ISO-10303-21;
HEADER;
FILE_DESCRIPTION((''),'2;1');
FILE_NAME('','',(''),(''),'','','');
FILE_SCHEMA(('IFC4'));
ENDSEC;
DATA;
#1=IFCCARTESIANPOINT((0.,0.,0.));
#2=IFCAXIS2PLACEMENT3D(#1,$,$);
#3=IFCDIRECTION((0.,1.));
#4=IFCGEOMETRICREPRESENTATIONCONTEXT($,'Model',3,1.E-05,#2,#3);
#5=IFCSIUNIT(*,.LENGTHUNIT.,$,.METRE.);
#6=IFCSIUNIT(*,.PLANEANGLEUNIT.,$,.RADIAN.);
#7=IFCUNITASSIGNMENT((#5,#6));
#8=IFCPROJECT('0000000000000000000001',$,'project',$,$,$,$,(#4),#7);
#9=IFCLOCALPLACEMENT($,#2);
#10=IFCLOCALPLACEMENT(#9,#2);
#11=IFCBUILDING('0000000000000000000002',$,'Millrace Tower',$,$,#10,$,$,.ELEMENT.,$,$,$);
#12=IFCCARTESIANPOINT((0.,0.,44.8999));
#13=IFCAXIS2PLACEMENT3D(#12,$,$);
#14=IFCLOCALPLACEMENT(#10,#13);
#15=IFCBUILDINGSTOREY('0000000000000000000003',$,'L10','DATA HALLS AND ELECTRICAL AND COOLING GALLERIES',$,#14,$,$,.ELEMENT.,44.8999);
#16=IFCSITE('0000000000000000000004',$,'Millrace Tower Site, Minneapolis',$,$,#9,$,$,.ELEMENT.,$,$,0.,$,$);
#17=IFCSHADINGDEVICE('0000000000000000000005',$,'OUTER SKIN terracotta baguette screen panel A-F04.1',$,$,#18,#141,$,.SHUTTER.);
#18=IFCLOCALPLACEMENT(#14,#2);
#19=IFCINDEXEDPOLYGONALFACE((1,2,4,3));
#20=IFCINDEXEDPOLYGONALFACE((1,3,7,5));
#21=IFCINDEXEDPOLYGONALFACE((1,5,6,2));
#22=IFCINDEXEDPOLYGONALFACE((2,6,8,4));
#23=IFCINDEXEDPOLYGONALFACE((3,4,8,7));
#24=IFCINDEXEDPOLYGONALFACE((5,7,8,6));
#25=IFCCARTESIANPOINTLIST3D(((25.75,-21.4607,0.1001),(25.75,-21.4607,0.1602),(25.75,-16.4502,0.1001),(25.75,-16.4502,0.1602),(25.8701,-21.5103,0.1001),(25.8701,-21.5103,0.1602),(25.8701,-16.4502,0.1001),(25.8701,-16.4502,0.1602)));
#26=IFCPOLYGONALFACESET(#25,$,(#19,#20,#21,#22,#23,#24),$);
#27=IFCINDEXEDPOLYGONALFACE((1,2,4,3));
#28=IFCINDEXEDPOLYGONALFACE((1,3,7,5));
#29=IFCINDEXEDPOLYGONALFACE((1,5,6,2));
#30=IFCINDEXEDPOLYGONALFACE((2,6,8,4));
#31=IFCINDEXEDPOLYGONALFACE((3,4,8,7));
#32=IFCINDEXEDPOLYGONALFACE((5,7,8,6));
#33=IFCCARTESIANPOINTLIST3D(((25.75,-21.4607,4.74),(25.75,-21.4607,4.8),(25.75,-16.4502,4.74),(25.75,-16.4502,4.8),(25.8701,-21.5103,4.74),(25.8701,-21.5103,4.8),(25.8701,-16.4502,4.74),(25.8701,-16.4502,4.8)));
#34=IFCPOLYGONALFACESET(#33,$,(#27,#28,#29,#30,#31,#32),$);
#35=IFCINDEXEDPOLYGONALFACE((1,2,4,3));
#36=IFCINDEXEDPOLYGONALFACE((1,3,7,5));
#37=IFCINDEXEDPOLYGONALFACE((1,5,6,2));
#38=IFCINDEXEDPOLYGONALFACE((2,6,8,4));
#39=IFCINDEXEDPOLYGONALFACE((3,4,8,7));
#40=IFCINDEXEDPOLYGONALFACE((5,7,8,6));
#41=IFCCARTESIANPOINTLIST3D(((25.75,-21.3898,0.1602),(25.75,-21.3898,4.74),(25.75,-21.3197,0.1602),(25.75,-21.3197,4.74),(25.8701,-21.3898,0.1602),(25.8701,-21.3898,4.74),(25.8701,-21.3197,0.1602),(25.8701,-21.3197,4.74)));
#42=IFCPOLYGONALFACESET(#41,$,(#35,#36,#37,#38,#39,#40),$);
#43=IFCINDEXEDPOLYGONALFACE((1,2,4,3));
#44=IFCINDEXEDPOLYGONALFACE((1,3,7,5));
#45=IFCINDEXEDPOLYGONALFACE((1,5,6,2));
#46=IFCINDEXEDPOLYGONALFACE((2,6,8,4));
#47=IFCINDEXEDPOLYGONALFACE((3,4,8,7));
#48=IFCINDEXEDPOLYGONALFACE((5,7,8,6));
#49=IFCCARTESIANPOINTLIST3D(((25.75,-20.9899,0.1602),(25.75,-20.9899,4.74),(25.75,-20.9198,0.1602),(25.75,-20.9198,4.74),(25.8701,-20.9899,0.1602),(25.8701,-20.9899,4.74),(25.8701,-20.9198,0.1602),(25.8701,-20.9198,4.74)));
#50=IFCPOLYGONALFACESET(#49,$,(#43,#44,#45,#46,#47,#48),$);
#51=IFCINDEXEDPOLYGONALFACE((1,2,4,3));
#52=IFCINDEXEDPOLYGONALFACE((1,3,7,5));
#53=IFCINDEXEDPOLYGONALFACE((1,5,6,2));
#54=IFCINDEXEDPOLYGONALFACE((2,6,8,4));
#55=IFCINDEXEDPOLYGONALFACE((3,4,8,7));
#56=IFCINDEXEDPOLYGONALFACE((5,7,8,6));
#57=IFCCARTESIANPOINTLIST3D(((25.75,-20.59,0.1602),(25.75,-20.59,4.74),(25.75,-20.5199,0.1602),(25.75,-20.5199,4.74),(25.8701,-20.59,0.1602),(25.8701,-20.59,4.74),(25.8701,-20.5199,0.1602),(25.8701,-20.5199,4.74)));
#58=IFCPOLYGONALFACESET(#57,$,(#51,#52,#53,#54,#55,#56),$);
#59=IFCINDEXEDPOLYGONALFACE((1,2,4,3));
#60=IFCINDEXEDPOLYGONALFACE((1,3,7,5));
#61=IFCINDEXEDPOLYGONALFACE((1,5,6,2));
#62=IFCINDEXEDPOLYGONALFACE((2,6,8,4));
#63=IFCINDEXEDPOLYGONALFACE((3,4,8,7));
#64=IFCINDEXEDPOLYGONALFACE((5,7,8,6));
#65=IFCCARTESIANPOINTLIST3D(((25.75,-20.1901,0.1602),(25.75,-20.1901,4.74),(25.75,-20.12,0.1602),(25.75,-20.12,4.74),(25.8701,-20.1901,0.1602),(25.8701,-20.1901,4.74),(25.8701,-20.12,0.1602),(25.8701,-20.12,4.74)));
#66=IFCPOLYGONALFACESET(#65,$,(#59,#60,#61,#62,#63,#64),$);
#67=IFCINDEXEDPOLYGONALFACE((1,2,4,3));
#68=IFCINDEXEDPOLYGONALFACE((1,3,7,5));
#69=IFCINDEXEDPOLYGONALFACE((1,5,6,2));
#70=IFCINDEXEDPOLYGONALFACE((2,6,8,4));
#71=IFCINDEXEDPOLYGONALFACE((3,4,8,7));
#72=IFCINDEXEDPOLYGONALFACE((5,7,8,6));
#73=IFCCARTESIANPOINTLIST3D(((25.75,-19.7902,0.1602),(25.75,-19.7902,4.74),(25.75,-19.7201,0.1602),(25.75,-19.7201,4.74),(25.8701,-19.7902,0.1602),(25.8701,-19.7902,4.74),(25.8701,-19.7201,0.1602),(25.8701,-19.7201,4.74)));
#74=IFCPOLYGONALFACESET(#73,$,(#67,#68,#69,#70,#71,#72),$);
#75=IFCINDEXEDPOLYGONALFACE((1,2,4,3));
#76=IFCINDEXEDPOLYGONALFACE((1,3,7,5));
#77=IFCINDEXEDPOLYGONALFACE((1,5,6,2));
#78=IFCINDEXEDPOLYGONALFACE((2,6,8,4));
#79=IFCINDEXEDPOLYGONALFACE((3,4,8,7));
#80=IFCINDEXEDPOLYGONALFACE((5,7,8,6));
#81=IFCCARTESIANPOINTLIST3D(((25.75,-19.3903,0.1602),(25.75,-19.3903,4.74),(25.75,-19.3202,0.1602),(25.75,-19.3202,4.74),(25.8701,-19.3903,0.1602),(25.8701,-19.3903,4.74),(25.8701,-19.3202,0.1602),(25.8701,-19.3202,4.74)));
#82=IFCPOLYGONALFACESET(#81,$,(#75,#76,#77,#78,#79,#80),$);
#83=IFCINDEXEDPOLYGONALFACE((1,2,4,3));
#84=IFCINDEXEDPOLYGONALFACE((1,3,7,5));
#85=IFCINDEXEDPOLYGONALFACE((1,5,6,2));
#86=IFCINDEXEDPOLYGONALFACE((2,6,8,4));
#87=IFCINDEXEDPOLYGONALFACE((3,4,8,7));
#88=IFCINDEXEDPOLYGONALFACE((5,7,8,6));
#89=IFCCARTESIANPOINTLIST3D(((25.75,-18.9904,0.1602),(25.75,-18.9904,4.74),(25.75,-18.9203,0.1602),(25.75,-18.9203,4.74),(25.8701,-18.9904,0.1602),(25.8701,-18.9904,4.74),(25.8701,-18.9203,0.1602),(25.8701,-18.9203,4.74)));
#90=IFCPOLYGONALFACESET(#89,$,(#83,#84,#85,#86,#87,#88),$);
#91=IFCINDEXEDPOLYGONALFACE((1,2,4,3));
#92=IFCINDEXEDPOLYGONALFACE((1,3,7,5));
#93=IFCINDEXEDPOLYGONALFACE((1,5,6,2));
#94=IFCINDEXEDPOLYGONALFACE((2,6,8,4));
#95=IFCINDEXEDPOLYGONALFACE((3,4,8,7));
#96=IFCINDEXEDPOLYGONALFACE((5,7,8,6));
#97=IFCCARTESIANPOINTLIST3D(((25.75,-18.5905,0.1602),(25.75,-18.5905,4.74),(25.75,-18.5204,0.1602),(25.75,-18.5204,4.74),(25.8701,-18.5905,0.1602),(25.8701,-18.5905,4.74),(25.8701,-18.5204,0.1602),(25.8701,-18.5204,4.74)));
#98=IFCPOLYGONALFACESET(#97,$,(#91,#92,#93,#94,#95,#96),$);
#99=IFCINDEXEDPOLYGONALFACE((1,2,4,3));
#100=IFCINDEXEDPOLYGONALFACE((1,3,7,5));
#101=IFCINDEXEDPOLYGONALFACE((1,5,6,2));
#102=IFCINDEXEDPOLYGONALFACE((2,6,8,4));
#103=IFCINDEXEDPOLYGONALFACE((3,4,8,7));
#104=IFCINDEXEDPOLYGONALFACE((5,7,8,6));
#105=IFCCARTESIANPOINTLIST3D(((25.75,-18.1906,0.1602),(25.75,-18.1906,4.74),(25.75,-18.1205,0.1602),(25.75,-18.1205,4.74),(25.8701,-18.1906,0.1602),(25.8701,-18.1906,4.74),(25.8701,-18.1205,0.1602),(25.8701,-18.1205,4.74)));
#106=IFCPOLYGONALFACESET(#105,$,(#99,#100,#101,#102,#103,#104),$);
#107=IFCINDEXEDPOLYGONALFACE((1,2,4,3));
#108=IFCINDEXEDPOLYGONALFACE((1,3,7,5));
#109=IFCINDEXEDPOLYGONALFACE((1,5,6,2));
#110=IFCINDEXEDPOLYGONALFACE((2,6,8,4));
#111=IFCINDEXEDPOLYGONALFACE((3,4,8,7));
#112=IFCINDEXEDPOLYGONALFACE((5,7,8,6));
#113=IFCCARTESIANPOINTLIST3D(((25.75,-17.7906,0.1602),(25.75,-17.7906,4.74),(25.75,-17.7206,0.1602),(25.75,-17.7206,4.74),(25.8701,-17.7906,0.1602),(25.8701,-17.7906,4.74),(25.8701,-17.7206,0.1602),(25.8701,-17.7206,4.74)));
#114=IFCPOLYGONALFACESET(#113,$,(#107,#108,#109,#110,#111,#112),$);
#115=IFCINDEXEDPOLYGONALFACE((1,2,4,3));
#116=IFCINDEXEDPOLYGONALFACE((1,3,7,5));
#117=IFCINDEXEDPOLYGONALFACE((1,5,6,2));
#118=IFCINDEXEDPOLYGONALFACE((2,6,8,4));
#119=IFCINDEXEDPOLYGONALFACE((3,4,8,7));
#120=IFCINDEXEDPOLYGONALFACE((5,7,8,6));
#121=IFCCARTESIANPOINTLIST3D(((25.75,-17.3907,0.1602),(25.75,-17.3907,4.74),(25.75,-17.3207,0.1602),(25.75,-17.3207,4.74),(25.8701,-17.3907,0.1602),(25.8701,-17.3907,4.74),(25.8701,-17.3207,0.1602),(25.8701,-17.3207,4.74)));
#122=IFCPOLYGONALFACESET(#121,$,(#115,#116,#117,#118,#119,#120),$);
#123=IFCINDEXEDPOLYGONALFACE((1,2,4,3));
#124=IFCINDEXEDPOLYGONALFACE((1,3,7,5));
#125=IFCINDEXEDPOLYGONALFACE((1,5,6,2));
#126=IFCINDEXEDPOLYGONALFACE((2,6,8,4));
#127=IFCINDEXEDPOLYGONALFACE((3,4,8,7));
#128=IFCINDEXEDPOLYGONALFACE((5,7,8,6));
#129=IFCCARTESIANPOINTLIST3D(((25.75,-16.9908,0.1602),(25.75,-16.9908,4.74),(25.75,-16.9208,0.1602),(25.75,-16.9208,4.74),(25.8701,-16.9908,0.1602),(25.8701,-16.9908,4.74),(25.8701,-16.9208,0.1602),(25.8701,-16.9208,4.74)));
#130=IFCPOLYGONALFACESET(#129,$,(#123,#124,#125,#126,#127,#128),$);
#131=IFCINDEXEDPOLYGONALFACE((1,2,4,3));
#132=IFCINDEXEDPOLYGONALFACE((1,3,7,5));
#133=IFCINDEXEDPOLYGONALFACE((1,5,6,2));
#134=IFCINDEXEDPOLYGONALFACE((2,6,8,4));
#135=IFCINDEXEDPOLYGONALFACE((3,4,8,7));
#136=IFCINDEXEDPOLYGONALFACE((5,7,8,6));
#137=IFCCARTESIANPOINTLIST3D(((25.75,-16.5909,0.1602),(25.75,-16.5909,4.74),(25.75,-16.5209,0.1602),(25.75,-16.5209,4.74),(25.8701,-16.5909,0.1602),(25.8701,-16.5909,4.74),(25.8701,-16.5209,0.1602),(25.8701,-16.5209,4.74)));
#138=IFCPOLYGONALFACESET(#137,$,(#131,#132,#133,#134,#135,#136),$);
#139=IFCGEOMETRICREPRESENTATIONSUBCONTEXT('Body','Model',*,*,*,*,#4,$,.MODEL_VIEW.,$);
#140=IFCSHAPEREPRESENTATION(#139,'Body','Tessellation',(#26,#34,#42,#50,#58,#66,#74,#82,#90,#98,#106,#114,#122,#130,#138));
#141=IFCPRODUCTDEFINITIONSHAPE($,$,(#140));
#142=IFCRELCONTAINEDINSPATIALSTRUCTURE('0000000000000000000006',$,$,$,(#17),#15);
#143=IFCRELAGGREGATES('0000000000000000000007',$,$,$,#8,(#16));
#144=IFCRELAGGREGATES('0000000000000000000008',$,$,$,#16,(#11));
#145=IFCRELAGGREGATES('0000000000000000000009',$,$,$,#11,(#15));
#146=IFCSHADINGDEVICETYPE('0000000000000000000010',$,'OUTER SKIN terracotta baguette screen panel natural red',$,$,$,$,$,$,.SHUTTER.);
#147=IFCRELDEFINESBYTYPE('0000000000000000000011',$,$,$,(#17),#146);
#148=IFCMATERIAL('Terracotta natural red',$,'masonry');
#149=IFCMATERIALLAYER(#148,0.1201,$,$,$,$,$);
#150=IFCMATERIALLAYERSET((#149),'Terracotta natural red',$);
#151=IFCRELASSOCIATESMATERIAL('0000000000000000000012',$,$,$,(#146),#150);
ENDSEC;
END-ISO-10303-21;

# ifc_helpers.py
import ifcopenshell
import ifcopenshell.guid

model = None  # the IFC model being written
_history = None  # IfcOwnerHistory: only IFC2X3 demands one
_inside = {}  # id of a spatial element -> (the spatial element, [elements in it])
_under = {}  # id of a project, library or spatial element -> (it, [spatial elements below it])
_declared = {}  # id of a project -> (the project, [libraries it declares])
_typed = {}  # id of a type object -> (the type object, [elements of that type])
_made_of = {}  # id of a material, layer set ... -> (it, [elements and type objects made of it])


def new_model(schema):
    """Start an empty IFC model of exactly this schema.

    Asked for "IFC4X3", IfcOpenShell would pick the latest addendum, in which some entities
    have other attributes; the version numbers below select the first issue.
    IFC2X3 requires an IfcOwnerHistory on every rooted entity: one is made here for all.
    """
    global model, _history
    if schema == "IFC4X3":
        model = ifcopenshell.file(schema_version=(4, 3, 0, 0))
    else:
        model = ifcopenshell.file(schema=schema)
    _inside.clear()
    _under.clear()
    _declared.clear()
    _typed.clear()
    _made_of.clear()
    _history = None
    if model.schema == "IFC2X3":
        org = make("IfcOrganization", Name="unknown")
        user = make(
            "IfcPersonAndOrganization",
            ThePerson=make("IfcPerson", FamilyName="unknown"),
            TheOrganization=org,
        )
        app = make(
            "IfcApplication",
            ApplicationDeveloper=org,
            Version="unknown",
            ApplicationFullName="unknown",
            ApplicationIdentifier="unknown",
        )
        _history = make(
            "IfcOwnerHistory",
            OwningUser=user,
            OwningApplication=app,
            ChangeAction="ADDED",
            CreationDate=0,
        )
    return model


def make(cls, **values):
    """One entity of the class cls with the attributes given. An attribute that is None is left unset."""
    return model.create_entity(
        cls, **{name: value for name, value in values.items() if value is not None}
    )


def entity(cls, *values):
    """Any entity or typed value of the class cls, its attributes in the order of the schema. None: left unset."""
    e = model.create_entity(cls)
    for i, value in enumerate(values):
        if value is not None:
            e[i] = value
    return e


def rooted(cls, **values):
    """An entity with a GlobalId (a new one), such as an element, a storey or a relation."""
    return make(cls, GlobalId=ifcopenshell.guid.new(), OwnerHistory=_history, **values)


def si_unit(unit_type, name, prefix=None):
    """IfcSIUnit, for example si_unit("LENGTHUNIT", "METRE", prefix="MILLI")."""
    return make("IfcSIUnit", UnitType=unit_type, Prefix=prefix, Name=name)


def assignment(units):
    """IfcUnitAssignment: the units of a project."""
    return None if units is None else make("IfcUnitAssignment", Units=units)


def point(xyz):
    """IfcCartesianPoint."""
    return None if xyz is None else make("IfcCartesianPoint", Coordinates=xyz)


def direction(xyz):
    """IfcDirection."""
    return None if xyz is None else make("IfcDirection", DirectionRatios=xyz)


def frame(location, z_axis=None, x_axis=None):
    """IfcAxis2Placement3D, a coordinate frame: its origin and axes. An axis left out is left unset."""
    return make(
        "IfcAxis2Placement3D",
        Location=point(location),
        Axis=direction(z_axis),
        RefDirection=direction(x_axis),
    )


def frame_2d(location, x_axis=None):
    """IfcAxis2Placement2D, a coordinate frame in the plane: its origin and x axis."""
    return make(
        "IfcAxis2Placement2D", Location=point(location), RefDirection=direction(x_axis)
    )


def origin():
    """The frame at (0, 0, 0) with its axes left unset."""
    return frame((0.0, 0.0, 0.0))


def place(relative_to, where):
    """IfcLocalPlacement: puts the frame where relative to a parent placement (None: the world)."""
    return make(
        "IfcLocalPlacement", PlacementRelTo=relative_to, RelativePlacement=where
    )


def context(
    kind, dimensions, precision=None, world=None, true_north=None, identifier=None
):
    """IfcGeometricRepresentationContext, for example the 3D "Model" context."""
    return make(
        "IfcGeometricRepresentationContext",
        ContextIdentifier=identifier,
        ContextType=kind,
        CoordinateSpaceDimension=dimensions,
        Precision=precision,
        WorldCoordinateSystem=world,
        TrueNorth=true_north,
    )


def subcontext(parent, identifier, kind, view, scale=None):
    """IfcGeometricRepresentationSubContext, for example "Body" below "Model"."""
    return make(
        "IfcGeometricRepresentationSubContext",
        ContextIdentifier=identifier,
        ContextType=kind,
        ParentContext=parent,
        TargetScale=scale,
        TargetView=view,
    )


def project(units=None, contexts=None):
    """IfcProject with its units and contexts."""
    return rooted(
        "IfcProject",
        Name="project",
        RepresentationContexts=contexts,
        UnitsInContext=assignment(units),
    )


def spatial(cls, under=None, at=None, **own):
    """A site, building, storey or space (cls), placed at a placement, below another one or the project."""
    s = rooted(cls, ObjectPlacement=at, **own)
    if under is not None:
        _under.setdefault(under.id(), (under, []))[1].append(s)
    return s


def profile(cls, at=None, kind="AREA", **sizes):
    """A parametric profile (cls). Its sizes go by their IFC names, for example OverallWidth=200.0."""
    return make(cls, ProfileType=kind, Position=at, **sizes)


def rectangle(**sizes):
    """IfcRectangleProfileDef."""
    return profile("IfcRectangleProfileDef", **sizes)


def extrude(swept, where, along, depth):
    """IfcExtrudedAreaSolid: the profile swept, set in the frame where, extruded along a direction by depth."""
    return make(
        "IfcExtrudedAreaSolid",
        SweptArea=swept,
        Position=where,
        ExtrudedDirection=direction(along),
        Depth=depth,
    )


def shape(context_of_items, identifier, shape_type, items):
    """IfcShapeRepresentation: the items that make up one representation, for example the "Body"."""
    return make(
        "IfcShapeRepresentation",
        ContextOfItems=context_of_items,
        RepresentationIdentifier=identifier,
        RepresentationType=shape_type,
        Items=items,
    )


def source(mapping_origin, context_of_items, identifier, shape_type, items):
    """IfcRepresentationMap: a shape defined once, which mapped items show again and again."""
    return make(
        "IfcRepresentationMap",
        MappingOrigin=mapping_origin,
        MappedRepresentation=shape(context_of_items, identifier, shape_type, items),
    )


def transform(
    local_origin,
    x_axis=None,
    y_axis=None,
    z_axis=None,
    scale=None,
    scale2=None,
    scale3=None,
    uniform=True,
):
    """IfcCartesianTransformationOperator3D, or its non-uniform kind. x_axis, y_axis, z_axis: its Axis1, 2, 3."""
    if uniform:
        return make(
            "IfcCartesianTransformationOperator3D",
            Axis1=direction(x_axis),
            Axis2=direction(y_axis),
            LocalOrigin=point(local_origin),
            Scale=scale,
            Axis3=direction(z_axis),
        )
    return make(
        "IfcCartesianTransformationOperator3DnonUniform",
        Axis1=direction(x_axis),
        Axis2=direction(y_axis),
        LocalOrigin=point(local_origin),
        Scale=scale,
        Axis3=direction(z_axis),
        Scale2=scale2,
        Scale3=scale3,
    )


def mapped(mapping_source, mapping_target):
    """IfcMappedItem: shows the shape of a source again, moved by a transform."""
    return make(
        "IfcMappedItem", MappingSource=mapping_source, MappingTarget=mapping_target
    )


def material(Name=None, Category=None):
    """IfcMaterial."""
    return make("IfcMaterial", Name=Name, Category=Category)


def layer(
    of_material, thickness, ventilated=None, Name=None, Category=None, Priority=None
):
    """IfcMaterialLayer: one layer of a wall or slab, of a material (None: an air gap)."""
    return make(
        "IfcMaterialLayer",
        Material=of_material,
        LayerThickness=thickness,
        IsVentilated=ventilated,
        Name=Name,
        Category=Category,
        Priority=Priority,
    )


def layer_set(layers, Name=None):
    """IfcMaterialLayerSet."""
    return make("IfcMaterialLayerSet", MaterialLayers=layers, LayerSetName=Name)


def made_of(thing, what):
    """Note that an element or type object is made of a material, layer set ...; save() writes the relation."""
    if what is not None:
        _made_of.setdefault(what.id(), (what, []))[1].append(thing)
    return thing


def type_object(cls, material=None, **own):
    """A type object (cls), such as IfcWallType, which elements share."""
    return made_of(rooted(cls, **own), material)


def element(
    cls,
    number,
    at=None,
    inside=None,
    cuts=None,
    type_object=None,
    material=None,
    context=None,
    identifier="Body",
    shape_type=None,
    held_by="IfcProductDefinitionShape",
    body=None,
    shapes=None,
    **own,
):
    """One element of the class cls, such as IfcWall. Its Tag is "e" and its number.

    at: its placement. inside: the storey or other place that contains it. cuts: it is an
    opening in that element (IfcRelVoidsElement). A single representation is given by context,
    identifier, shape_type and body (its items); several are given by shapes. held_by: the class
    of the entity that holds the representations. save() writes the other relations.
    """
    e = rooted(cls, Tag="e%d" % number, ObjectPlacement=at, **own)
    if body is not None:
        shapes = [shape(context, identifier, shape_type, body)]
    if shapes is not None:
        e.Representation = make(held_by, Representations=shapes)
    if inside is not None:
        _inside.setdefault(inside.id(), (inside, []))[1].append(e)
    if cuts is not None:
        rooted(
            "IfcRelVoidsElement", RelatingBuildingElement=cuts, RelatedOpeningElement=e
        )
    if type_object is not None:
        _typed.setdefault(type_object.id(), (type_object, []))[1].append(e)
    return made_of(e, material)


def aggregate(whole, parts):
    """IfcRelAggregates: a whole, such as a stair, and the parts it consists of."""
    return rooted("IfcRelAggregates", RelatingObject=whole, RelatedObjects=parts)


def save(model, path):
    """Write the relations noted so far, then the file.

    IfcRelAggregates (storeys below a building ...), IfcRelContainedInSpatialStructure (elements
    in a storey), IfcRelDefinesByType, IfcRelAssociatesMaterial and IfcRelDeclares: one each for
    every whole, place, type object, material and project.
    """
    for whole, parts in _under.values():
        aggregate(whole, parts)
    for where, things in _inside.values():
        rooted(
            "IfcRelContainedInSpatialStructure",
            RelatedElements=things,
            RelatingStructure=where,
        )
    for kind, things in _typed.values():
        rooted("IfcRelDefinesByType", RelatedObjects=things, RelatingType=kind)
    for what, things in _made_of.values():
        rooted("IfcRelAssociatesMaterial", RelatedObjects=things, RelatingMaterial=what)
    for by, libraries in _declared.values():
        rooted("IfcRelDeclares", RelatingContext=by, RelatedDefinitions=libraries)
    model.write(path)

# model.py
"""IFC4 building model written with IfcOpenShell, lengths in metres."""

from ifc_helpers import new_model, entity, si_unit, direction, frame, frame_2d, origin, place, context, subcontext, project, spatial, rectangle, extrude, source, transform, mapped, material, layer, layer_set, type_object, element, save


model = new_model("IFC4")

# Units and contexts
model_context = context("Model", 3, precision=1e-05, world=origin(), true_north=direction((0.0, 1.0)))
body_context = subcontext(model_context, "Body", "Model", "MODEL_VIEW")
ifc_project = project(units=[si_unit("LENGTHUNIT", "METRE"), si_unit("PLANEANGLEUNIT", "RADIAN")], contexts=[model_context])

# Site, building, storey
site_placement = place(None, origin())
site = spatial("IfcSite", under=ifc_project, at=site_placement, Name="Millrace Tower Site, Minneapolis", CompositionType="ELEMENT", RefElevation=0.0)
building_placement = place(site_placement, origin())
building = spatial("IfcBuilding", under=site, at=building_placement, Name="Millrace Tower", CompositionType="ELEMENT")
storey_placement = place(building_placement, frame((0.0, 0.0, 44.8999)))
storey = spatial("IfcBuildingStorey", under=building, at=storey_placement, Name="L10", Description="DATA HALLS AND ELECTRICAL AND COOLING GALLERIES", CompositionType="ELEMENT", Elevation=44.8999)

# Shading device
ifc_material_1 = material(Name="Terracotta natural red", Category="masonry")
ifc_layer_1 = layer(ifc_material_1, 0.1201)
ifc_layer_set_1 = layer_set([ifc_layer_1], Name="Terracotta natural red")
shading_device_type_1 = type_object("IfcShadingDeviceType", Name="OUTER SKIN terracotta baguette screen panel natural red", PredefinedType="SHUTTER", material=ifc_layer_set_1)
cartesian_point_1 = entity("IfcCartesianPoint", [-2.4929, 0.0601])
shared_polyline_1 = entity("IfcPolyline", [cartesian_point_1, entity("IfcCartesianPoint", [2.5176, 0.0601]), entity("IfcCartesianPoint", [2.5176, -0.0601]), entity("IfcCartesianPoint", [-2.5425, -0.0601]), cartesian_point_1])
shared_shape_1 = source(origin(), body_context, "Body", "SweptSolid", [
    entity("IfcExtrudedAreaSolid", entity("IfcArbitraryClosedProfileDef", "AREA", None, shared_polyline_1), entity("IfcAxis2Placement3D", entity("IfcCartesianPoint", [0.0, 0.0, 0.0])), entity("IfcDirection", [0.0, 0.0, 1.0]), 0.0601),
    entity("IfcExtrudedAreaSolid", entity("IfcArbitraryClosedProfileDef", "AREA", None, shared_polyline_1), entity("IfcAxis2Placement3D", entity("IfcCartesianPoint", [0.0, 0.0, 4.6399])), entity("IfcDirection", [0.0, 0.0, 1.0]), 0.0601),
    extrude(rectangle(XDim=0.0701, YDim=0.1201, at=frame_2d((-2.387, 0.0))), frame((0.0, 0.0, 0.0601)), (0.0, 0.0, 1.0), 4.5798),
    extrude(rectangle(XDim=0.0701, YDim=0.1201, at=frame_2d((-1.9871, 0.0))), frame((0.0, 0.0, 0.0601)), (0.0, 0.0, 1.0), 4.5798),
    extrude(rectangle(XDim=0.0701, YDim=0.1201, at=frame_2d((-1.5872, 0.0))), frame((0.0, 0.0, 0.0601)), (0.0, 0.0, 1.0), 4.5798),
    extrude(rectangle(XDim=0.0701, YDim=0.1201, at=frame_2d((-1.1873, 0.0))), frame((0.0, 0.0, 0.0601)), (0.0, 0.0, 1.0), 4.5798),
    extrude(rectangle(XDim=0.0701, YDim=0.1201, at=frame_2d((-0.7874, 0.0))), frame((0.0, 0.0, 0.0601)), (0.0, 0.0, 1.0), 4.5798),
    extrude(rectangle(XDim=0.0701, YDim=0.1201, at=frame_2d((-0.3875, 0.0))), frame((0.0, 0.0, 0.0601)), (0.0, 0.0, 1.0), 4.5798),
    extrude(rectangle(XDim=0.0701, YDim=0.1201, at=frame_2d((0.0125, 0.0))), frame((0.0, 0.0, 0.0601)), (0.0, 0.0, 1.0), 4.5798),
    extrude(rectangle(XDim=0.0701, YDim=0.1201, at=frame_2d((0.4124, 0.0))), frame((0.0, 0.0, 0.0601)), (0.0, 0.0, 1.0), 4.5798),
    extrude(rectangle(XDim=0.0701, YDim=0.1201, at=frame_2d((0.8123, 0.0))), frame((0.0, 0.0, 0.0601)), (0.0, 0.0, 1.0), 4.5798),
    extrude(rectangle(XDim=0.0701, YDim=0.1201, at=frame_2d((1.2122, 0.0))), frame((0.0, 0.0, 0.0601)), (0.0, 0.0, 1.0), 4.5798),
    extrude(rectangle(XDim=0.0701, YDim=0.1201, at=frame_2d((1.6121, 0.0))), frame((0.0, 0.0, 0.0601)), (0.0, 0.0, 1.0), 4.5798),
    extrude(rectangle(XDim=0.0701, YDim=0.1201, at=frame_2d((2.012, 0.0))), frame((0.0, 0.0, 0.0601)), (0.0, 0.0, 1.0), 4.5798),
    extrude(rectangle(XDim=0.0701, YDim=0.1201, at=frame_2d((2.4119, 0.0))), frame((0.0, 0.0, 0.0601)), (0.0, 0.0, 1.0), 4.5798),
])
shading_device_1_placement = place(storey_placement, frame((25.8101, -18.9678, 0.1001), z_axis=(0.0, 0.0, 1.0), x_axis=(0.0, 1.0, 0.0)))
element("IfcShadingDevice", 1, at=shading_device_1_placement, inside=storey, type_object=shading_device_type_1, Name="OUTER SKIN terracotta baguette screen panel A-F04.1", PredefinedType="SHUTTER", context=body_context, shape_type="MappedRepresentation", body=[
    mapped(shared_shape_1, transform((0.0, 0.0, 0.0), scale=1.0)),
])

save(model, "model.ifc")
